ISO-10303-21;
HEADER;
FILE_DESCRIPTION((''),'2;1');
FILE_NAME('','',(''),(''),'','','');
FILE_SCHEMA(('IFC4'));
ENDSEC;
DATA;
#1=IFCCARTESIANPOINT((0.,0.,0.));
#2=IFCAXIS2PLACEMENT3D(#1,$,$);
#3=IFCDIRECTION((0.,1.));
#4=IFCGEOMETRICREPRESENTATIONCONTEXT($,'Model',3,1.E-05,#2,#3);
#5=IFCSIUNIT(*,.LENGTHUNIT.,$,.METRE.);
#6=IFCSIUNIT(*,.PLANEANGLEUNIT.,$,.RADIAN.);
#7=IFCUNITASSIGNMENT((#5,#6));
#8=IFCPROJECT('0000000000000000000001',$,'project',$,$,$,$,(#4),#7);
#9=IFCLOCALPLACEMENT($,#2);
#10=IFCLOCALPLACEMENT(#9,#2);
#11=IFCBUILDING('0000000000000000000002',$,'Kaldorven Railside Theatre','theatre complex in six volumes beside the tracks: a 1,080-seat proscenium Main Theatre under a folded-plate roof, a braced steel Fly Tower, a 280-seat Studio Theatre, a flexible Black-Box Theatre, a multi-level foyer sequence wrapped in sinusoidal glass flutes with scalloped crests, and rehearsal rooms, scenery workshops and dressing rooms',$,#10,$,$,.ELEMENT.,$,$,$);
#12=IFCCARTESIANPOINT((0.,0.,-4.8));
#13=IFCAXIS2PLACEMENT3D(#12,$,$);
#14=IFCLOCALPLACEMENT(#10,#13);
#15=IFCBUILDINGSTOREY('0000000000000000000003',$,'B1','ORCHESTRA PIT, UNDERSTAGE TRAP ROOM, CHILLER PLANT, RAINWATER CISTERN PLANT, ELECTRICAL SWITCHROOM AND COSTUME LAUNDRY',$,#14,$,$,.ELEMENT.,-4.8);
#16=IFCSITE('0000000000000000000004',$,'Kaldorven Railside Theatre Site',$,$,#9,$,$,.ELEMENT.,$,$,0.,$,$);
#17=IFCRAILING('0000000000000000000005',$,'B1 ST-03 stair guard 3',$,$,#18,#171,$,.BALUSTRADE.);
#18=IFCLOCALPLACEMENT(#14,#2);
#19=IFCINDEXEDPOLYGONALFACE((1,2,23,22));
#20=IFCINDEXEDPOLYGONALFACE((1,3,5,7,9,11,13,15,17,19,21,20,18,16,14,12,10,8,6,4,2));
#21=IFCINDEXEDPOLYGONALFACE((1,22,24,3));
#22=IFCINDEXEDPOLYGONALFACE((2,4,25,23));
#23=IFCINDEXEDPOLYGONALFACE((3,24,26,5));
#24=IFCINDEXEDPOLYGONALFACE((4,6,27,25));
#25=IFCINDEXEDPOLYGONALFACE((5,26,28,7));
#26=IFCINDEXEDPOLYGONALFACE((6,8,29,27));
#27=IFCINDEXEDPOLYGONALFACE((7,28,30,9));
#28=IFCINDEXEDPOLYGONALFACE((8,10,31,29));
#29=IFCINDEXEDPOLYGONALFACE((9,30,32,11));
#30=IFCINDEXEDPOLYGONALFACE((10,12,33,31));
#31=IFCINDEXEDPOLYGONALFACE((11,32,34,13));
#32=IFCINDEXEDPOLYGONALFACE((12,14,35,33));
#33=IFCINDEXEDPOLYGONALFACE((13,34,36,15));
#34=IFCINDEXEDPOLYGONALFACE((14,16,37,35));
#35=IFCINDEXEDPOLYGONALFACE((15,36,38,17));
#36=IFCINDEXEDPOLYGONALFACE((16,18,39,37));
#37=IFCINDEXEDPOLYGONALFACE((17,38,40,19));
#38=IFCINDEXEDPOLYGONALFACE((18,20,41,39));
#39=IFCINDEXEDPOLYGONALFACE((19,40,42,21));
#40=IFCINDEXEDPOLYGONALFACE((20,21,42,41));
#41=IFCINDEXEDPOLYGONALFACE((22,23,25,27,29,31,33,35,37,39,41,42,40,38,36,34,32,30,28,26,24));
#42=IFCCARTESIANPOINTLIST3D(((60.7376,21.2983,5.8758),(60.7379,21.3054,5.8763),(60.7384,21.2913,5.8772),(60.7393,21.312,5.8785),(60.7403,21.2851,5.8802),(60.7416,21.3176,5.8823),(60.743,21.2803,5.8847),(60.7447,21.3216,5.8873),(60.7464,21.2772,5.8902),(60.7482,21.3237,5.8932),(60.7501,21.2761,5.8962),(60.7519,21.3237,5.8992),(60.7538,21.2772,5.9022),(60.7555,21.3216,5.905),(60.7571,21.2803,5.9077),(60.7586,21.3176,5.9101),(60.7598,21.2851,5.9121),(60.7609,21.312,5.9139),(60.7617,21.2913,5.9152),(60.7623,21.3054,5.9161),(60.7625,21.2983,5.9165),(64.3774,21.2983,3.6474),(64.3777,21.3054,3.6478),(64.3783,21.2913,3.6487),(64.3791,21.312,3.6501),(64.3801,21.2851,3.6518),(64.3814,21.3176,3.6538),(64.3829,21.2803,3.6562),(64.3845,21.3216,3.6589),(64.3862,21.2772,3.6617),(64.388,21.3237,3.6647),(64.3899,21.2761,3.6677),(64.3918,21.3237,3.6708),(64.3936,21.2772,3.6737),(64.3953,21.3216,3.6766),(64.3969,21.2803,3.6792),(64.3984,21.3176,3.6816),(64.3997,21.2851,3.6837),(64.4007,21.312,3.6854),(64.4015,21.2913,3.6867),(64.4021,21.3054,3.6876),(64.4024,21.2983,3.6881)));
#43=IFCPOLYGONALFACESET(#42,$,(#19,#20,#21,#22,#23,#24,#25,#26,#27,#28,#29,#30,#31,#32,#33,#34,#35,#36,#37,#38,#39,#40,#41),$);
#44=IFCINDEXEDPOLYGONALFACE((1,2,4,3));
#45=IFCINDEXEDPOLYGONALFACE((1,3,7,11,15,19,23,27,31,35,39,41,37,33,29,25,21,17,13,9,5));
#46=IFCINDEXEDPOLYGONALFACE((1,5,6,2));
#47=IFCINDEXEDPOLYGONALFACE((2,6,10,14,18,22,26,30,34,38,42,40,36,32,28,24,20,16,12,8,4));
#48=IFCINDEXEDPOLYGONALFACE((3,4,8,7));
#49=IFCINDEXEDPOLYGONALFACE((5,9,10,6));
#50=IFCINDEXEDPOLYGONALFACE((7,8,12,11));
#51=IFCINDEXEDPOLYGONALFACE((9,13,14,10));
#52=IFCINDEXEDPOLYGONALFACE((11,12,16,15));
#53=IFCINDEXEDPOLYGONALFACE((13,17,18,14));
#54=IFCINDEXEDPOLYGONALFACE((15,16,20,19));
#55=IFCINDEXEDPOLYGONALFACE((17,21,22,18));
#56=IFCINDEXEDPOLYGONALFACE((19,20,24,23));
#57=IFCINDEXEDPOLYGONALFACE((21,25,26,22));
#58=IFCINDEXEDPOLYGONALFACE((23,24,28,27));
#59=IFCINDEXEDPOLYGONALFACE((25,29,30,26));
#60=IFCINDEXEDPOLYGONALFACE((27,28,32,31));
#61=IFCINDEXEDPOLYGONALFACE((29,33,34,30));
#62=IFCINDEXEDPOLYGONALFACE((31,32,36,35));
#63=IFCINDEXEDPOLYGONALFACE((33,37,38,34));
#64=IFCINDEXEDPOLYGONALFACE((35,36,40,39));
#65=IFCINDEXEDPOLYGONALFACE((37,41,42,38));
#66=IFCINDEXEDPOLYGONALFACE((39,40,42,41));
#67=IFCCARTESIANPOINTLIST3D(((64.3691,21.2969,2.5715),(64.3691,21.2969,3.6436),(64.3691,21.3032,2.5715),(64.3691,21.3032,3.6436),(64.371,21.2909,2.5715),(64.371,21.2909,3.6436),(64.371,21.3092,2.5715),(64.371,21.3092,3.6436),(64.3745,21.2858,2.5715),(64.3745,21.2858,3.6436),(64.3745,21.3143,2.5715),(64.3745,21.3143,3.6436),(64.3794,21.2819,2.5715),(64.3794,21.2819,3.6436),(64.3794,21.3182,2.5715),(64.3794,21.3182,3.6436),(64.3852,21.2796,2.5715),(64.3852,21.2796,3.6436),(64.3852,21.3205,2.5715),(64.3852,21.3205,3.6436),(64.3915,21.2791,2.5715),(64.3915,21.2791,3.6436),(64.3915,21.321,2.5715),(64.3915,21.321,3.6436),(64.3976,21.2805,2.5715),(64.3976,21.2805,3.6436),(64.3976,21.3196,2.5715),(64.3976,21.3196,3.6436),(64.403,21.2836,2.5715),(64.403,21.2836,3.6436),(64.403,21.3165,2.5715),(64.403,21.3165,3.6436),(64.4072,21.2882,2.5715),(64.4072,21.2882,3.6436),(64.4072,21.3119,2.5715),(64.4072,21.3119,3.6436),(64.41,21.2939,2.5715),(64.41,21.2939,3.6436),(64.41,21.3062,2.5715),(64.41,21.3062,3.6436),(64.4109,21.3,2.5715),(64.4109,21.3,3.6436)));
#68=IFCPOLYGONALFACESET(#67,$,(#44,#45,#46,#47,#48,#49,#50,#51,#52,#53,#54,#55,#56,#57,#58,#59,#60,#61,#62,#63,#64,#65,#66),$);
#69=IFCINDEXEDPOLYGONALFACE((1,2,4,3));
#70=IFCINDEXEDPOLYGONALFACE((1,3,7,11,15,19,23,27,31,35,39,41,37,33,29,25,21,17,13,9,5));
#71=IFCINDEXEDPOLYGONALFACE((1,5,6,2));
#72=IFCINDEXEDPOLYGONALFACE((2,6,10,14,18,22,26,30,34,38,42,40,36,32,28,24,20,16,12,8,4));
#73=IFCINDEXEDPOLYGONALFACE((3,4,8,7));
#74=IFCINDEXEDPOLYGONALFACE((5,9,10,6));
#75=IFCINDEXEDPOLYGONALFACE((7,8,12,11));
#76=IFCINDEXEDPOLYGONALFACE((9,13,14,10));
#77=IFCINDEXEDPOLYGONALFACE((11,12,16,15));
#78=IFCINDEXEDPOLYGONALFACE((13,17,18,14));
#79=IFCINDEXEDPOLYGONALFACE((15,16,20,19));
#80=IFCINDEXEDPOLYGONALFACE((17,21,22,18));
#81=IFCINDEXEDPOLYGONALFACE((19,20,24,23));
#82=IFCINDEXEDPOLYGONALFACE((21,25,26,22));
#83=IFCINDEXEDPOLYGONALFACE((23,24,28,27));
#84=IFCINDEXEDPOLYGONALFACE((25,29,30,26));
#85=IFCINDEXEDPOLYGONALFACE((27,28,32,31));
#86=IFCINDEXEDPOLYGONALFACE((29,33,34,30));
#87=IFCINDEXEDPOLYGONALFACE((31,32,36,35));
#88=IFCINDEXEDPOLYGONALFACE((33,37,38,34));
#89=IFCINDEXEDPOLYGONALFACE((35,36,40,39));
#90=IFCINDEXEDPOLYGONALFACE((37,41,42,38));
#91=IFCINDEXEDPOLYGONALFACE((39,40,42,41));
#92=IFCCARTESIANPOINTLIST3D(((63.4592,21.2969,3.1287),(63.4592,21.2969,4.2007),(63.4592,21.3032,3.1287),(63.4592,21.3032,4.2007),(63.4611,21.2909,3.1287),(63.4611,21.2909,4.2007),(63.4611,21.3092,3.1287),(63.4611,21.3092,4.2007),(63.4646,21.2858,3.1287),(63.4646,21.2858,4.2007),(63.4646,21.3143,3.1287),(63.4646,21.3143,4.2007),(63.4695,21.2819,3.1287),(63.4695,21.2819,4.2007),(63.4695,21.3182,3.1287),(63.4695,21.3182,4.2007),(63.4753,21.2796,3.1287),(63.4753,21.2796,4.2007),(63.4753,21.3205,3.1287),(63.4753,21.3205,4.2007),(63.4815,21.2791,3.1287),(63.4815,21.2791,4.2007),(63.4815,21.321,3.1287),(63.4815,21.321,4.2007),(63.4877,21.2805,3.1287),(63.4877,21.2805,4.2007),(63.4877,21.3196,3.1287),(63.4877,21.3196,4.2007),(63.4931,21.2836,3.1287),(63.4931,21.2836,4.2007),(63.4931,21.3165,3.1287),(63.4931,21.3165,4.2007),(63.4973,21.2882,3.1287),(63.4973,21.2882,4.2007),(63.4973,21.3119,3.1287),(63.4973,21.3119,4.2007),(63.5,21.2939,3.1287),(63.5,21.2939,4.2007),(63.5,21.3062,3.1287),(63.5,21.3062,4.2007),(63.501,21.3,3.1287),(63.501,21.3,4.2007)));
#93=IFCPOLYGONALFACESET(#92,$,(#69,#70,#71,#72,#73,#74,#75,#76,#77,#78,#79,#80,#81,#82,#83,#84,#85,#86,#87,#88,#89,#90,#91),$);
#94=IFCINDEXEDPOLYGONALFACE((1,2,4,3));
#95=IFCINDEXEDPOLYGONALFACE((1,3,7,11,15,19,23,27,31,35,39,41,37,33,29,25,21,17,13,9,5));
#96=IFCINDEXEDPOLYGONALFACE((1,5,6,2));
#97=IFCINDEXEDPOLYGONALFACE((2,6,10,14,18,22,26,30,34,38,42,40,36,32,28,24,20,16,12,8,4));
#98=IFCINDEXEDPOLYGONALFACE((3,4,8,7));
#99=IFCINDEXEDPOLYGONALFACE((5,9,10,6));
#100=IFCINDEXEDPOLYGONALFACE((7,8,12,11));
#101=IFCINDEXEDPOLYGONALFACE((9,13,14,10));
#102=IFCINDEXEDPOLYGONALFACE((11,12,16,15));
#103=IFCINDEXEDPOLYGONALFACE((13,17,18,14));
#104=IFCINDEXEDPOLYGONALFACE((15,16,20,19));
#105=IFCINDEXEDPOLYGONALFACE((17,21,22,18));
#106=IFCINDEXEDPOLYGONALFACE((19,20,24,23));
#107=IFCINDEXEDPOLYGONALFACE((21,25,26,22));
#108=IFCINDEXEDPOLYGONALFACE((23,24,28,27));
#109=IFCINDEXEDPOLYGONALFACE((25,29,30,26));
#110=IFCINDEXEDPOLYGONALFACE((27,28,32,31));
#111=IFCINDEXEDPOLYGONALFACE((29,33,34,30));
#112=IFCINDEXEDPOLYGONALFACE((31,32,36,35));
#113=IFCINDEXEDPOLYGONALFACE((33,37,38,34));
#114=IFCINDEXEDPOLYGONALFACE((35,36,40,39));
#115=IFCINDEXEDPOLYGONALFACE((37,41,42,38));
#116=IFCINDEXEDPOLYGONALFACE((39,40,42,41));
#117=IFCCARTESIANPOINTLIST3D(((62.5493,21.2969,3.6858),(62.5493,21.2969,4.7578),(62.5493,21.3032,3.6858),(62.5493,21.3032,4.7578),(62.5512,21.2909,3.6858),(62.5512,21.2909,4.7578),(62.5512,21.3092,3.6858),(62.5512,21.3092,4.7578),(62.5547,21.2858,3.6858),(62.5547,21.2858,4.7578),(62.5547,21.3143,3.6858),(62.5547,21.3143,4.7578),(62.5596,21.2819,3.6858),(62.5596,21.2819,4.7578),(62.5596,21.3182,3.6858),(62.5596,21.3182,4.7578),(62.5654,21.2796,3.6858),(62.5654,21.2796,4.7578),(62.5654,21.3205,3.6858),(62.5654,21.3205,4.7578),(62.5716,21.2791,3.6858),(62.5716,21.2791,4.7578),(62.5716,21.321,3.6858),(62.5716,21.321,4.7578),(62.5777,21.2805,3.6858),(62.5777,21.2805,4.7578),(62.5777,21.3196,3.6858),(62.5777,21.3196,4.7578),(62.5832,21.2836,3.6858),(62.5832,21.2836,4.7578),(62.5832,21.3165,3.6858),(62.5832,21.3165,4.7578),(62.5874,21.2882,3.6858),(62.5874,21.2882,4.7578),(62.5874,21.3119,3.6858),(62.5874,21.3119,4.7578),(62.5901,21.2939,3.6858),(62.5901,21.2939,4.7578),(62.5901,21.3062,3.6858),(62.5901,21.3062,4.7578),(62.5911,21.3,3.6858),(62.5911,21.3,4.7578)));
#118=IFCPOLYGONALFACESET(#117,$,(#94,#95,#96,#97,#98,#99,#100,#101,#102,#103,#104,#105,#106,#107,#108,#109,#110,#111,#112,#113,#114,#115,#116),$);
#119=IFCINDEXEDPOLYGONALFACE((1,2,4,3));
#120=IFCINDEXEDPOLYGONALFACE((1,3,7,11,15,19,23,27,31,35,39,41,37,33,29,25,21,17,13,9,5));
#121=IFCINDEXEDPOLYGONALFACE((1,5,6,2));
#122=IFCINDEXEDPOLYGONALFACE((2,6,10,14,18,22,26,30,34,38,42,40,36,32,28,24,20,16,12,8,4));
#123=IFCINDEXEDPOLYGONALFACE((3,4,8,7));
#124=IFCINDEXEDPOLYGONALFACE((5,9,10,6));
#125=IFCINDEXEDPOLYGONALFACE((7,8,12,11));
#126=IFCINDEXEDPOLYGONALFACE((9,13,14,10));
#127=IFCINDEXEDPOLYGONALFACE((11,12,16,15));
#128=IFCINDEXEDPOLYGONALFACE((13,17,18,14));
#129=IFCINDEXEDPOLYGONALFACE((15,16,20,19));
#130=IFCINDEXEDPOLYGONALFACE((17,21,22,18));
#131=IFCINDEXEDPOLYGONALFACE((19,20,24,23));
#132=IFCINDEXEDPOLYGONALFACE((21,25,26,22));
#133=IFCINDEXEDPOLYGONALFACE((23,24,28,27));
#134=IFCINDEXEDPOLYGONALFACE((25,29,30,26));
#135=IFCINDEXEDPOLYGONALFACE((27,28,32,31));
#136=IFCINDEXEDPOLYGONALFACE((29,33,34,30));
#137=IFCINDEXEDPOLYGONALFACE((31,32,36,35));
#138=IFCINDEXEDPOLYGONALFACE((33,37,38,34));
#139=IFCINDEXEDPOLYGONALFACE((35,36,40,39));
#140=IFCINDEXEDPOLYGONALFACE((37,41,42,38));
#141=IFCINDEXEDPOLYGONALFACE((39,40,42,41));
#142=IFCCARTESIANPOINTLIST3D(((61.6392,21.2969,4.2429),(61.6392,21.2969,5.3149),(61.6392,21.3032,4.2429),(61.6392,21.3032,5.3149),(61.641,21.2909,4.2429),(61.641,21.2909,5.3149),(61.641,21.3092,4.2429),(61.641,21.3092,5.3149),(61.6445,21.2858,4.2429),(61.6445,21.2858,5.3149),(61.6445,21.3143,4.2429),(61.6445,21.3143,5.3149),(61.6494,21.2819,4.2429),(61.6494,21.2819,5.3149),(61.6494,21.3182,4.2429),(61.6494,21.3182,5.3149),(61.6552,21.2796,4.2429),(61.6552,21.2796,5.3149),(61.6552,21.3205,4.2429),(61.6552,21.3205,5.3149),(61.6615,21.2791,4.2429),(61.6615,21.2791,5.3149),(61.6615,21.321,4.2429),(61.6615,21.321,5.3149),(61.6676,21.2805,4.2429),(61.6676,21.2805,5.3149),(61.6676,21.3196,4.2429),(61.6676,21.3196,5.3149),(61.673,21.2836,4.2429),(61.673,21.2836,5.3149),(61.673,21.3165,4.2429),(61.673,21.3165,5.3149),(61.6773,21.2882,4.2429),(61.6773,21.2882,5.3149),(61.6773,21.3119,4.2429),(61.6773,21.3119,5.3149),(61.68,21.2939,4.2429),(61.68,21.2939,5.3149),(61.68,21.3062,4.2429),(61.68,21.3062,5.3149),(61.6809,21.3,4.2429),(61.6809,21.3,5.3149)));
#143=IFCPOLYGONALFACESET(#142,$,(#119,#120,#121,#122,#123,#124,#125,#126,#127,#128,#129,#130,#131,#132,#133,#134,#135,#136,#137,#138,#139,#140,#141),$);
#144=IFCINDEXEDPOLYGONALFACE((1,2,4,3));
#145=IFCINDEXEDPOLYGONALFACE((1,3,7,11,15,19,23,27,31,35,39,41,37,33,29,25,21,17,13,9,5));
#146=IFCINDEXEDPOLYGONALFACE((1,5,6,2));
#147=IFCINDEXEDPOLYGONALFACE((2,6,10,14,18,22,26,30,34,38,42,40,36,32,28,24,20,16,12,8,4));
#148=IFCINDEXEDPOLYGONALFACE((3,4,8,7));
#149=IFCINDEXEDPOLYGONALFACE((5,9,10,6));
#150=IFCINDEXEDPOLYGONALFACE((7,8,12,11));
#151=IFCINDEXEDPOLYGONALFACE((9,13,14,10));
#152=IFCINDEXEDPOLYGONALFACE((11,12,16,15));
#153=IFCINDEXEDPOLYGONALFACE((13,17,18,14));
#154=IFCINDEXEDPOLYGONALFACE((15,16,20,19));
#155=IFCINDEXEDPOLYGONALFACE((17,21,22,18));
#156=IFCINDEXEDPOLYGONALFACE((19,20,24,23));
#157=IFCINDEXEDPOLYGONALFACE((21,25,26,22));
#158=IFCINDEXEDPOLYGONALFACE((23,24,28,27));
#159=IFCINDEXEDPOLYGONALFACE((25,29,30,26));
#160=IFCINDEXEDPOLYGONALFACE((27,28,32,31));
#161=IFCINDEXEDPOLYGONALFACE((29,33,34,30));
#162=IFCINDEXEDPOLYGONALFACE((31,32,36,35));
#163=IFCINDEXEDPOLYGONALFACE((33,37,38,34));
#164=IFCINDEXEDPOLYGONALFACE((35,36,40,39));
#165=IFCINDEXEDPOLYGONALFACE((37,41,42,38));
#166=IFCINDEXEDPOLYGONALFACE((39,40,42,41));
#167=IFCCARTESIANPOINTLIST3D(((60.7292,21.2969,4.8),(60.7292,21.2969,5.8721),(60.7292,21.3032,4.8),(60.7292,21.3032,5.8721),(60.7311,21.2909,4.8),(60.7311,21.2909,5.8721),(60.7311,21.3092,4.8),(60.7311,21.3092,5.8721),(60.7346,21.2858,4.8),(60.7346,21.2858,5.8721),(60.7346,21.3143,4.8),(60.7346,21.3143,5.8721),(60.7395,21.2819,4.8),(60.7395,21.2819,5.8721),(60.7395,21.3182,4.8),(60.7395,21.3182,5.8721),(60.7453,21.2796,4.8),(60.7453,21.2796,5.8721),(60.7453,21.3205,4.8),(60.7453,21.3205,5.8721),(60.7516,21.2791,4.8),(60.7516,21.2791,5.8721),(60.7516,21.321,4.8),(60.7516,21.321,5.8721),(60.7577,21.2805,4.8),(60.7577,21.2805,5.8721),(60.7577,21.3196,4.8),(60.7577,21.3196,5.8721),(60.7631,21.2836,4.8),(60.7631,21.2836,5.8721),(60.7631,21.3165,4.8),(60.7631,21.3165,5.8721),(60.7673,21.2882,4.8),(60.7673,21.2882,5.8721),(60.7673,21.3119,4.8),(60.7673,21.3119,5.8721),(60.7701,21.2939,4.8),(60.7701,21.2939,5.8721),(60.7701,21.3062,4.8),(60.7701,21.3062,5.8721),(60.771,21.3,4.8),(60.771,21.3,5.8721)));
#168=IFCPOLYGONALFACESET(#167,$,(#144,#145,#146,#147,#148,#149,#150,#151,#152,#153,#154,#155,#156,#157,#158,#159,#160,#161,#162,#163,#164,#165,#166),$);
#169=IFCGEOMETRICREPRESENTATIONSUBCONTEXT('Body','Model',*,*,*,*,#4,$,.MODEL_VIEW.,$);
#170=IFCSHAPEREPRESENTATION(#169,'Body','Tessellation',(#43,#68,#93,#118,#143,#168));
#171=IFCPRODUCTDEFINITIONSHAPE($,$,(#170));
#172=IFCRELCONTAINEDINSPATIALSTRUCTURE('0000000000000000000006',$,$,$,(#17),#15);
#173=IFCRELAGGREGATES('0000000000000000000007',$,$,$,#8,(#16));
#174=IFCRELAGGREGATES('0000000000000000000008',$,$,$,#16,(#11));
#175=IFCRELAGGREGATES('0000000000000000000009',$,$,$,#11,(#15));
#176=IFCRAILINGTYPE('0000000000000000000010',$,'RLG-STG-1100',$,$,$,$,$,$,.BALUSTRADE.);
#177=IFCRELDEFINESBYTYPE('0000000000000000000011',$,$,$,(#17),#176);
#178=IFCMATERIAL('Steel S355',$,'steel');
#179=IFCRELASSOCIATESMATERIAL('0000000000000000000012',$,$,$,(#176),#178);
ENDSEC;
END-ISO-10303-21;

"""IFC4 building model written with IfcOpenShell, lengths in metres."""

from ifc_helpers import new_model, si_unit, direction, frame, origin, origin_2d, place, context, subcontext, project, spatial, circle, extrude, material, type_object, element, save


model = new_model("IFC4")

# Units and contexts
model_context = context("Model", 3, precision=1e-05, world=origin(), true_north=direction((0.0, 1.0)))
body_context = subcontext(model_context, "Body", "Model", "MODEL_VIEW")
ifc_project = project(units=[si_unit("LENGTHUNIT", "METRE"), si_unit("PLANEANGLEUNIT", "RADIAN")], contexts=[model_context])

# Site, building, storey
site_placement = place(None, origin())
site = spatial("IfcSite", under=ifc_project, at=site_placement, Name="Kaldorven Railside Theatre Site", CompositionType="ELEMENT", RefElevation=0.0)
building_placement = place(site_placement, origin())
building = spatial("IfcBuilding", under=site, at=building_placement, Name="Kaldorven Railside Theatre", Description="theatre complex in six volumes beside the tracks: a 1,080-seat proscenium Main Theatre under a folded-plate roof, a braced steel Fly Tower, a 280-seat Studio Theatre, a flexible Black-Box Theatre, a multi-level foyer sequence wrapped in sinusoidal glass flutes with scalloped crests, and rehearsal rooms, scenery workshops and dressing rooms", CompositionType="ELEMENT")
storey_placement = place(building_placement, frame((0.0, 0.0, -4.8)))
storey = spatial("IfcBuildingStorey", under=building, at=storey_placement, Name="B1", Description="ORCHESTRA PIT, UNDERSTAGE TRAP ROOM, CHILLER PLANT, RAINWATER CISTERN PLANT, ELECTRICAL SWITCHROOM AND COSTUME LAUNDRY", CompositionType="ELEMENT", Elevation=-4.8)

# Railing
ifc_material_1 = material(Name="Steel S355", Category="steel")
railing_type_1 = type_object("IfcRailingType", Name="RLG-STG-1100", PredefinedType="BALUSTRADE", material=ifc_material_1)
railing_1_placement = place(storey_placement, frame((64.3899, 21.3, 2.5715)))
element("IfcRailing", 1, at=railing_1_placement, inside=storey, type_object=railing_type_1, Name="B1 ST-03 stair guard 3", PredefinedType="BALUSTRADE", context=body_context, shape_type="SweptSolid", body=[
    extrude(circle(Radius=0.0239, at=origin_2d()), frame((0.0, 0.0, 1.0962), z_axis=(-0.85285, 0.0, 0.522156), x_axis=(0.0, -1.0, 0.0)), (0.0, 0.0, 1.0), 4.2678),
    extrude(circle(Radius=0.021, at=origin_2d()), origin(), (0.0, 0.0, 1.0), 1.072),
    extrude(circle(Radius=0.021, at=origin_2d()), frame((-0.9099, 0.0, 0.5571)), (0.0, 0.0, 1.0), 1.072),
    extrude(circle(Radius=0.021, at=origin_2d()), frame((-1.8198, 0.0, 1.1143)), (0.0, 0.0, 1.0), 1.072),
    extrude(circle(Radius=0.021, at=origin_2d()), frame((-2.73, 0.0, 1.6714)), (0.0, 0.0, 1.0), 1.072),
    extrude(circle(Radius=0.021, at=origin_2d()), frame((-3.6399, 0.0, 2.2285)), (0.0, 0.0, 1.0), 1.072),
])

save(model, "model.ifc")
